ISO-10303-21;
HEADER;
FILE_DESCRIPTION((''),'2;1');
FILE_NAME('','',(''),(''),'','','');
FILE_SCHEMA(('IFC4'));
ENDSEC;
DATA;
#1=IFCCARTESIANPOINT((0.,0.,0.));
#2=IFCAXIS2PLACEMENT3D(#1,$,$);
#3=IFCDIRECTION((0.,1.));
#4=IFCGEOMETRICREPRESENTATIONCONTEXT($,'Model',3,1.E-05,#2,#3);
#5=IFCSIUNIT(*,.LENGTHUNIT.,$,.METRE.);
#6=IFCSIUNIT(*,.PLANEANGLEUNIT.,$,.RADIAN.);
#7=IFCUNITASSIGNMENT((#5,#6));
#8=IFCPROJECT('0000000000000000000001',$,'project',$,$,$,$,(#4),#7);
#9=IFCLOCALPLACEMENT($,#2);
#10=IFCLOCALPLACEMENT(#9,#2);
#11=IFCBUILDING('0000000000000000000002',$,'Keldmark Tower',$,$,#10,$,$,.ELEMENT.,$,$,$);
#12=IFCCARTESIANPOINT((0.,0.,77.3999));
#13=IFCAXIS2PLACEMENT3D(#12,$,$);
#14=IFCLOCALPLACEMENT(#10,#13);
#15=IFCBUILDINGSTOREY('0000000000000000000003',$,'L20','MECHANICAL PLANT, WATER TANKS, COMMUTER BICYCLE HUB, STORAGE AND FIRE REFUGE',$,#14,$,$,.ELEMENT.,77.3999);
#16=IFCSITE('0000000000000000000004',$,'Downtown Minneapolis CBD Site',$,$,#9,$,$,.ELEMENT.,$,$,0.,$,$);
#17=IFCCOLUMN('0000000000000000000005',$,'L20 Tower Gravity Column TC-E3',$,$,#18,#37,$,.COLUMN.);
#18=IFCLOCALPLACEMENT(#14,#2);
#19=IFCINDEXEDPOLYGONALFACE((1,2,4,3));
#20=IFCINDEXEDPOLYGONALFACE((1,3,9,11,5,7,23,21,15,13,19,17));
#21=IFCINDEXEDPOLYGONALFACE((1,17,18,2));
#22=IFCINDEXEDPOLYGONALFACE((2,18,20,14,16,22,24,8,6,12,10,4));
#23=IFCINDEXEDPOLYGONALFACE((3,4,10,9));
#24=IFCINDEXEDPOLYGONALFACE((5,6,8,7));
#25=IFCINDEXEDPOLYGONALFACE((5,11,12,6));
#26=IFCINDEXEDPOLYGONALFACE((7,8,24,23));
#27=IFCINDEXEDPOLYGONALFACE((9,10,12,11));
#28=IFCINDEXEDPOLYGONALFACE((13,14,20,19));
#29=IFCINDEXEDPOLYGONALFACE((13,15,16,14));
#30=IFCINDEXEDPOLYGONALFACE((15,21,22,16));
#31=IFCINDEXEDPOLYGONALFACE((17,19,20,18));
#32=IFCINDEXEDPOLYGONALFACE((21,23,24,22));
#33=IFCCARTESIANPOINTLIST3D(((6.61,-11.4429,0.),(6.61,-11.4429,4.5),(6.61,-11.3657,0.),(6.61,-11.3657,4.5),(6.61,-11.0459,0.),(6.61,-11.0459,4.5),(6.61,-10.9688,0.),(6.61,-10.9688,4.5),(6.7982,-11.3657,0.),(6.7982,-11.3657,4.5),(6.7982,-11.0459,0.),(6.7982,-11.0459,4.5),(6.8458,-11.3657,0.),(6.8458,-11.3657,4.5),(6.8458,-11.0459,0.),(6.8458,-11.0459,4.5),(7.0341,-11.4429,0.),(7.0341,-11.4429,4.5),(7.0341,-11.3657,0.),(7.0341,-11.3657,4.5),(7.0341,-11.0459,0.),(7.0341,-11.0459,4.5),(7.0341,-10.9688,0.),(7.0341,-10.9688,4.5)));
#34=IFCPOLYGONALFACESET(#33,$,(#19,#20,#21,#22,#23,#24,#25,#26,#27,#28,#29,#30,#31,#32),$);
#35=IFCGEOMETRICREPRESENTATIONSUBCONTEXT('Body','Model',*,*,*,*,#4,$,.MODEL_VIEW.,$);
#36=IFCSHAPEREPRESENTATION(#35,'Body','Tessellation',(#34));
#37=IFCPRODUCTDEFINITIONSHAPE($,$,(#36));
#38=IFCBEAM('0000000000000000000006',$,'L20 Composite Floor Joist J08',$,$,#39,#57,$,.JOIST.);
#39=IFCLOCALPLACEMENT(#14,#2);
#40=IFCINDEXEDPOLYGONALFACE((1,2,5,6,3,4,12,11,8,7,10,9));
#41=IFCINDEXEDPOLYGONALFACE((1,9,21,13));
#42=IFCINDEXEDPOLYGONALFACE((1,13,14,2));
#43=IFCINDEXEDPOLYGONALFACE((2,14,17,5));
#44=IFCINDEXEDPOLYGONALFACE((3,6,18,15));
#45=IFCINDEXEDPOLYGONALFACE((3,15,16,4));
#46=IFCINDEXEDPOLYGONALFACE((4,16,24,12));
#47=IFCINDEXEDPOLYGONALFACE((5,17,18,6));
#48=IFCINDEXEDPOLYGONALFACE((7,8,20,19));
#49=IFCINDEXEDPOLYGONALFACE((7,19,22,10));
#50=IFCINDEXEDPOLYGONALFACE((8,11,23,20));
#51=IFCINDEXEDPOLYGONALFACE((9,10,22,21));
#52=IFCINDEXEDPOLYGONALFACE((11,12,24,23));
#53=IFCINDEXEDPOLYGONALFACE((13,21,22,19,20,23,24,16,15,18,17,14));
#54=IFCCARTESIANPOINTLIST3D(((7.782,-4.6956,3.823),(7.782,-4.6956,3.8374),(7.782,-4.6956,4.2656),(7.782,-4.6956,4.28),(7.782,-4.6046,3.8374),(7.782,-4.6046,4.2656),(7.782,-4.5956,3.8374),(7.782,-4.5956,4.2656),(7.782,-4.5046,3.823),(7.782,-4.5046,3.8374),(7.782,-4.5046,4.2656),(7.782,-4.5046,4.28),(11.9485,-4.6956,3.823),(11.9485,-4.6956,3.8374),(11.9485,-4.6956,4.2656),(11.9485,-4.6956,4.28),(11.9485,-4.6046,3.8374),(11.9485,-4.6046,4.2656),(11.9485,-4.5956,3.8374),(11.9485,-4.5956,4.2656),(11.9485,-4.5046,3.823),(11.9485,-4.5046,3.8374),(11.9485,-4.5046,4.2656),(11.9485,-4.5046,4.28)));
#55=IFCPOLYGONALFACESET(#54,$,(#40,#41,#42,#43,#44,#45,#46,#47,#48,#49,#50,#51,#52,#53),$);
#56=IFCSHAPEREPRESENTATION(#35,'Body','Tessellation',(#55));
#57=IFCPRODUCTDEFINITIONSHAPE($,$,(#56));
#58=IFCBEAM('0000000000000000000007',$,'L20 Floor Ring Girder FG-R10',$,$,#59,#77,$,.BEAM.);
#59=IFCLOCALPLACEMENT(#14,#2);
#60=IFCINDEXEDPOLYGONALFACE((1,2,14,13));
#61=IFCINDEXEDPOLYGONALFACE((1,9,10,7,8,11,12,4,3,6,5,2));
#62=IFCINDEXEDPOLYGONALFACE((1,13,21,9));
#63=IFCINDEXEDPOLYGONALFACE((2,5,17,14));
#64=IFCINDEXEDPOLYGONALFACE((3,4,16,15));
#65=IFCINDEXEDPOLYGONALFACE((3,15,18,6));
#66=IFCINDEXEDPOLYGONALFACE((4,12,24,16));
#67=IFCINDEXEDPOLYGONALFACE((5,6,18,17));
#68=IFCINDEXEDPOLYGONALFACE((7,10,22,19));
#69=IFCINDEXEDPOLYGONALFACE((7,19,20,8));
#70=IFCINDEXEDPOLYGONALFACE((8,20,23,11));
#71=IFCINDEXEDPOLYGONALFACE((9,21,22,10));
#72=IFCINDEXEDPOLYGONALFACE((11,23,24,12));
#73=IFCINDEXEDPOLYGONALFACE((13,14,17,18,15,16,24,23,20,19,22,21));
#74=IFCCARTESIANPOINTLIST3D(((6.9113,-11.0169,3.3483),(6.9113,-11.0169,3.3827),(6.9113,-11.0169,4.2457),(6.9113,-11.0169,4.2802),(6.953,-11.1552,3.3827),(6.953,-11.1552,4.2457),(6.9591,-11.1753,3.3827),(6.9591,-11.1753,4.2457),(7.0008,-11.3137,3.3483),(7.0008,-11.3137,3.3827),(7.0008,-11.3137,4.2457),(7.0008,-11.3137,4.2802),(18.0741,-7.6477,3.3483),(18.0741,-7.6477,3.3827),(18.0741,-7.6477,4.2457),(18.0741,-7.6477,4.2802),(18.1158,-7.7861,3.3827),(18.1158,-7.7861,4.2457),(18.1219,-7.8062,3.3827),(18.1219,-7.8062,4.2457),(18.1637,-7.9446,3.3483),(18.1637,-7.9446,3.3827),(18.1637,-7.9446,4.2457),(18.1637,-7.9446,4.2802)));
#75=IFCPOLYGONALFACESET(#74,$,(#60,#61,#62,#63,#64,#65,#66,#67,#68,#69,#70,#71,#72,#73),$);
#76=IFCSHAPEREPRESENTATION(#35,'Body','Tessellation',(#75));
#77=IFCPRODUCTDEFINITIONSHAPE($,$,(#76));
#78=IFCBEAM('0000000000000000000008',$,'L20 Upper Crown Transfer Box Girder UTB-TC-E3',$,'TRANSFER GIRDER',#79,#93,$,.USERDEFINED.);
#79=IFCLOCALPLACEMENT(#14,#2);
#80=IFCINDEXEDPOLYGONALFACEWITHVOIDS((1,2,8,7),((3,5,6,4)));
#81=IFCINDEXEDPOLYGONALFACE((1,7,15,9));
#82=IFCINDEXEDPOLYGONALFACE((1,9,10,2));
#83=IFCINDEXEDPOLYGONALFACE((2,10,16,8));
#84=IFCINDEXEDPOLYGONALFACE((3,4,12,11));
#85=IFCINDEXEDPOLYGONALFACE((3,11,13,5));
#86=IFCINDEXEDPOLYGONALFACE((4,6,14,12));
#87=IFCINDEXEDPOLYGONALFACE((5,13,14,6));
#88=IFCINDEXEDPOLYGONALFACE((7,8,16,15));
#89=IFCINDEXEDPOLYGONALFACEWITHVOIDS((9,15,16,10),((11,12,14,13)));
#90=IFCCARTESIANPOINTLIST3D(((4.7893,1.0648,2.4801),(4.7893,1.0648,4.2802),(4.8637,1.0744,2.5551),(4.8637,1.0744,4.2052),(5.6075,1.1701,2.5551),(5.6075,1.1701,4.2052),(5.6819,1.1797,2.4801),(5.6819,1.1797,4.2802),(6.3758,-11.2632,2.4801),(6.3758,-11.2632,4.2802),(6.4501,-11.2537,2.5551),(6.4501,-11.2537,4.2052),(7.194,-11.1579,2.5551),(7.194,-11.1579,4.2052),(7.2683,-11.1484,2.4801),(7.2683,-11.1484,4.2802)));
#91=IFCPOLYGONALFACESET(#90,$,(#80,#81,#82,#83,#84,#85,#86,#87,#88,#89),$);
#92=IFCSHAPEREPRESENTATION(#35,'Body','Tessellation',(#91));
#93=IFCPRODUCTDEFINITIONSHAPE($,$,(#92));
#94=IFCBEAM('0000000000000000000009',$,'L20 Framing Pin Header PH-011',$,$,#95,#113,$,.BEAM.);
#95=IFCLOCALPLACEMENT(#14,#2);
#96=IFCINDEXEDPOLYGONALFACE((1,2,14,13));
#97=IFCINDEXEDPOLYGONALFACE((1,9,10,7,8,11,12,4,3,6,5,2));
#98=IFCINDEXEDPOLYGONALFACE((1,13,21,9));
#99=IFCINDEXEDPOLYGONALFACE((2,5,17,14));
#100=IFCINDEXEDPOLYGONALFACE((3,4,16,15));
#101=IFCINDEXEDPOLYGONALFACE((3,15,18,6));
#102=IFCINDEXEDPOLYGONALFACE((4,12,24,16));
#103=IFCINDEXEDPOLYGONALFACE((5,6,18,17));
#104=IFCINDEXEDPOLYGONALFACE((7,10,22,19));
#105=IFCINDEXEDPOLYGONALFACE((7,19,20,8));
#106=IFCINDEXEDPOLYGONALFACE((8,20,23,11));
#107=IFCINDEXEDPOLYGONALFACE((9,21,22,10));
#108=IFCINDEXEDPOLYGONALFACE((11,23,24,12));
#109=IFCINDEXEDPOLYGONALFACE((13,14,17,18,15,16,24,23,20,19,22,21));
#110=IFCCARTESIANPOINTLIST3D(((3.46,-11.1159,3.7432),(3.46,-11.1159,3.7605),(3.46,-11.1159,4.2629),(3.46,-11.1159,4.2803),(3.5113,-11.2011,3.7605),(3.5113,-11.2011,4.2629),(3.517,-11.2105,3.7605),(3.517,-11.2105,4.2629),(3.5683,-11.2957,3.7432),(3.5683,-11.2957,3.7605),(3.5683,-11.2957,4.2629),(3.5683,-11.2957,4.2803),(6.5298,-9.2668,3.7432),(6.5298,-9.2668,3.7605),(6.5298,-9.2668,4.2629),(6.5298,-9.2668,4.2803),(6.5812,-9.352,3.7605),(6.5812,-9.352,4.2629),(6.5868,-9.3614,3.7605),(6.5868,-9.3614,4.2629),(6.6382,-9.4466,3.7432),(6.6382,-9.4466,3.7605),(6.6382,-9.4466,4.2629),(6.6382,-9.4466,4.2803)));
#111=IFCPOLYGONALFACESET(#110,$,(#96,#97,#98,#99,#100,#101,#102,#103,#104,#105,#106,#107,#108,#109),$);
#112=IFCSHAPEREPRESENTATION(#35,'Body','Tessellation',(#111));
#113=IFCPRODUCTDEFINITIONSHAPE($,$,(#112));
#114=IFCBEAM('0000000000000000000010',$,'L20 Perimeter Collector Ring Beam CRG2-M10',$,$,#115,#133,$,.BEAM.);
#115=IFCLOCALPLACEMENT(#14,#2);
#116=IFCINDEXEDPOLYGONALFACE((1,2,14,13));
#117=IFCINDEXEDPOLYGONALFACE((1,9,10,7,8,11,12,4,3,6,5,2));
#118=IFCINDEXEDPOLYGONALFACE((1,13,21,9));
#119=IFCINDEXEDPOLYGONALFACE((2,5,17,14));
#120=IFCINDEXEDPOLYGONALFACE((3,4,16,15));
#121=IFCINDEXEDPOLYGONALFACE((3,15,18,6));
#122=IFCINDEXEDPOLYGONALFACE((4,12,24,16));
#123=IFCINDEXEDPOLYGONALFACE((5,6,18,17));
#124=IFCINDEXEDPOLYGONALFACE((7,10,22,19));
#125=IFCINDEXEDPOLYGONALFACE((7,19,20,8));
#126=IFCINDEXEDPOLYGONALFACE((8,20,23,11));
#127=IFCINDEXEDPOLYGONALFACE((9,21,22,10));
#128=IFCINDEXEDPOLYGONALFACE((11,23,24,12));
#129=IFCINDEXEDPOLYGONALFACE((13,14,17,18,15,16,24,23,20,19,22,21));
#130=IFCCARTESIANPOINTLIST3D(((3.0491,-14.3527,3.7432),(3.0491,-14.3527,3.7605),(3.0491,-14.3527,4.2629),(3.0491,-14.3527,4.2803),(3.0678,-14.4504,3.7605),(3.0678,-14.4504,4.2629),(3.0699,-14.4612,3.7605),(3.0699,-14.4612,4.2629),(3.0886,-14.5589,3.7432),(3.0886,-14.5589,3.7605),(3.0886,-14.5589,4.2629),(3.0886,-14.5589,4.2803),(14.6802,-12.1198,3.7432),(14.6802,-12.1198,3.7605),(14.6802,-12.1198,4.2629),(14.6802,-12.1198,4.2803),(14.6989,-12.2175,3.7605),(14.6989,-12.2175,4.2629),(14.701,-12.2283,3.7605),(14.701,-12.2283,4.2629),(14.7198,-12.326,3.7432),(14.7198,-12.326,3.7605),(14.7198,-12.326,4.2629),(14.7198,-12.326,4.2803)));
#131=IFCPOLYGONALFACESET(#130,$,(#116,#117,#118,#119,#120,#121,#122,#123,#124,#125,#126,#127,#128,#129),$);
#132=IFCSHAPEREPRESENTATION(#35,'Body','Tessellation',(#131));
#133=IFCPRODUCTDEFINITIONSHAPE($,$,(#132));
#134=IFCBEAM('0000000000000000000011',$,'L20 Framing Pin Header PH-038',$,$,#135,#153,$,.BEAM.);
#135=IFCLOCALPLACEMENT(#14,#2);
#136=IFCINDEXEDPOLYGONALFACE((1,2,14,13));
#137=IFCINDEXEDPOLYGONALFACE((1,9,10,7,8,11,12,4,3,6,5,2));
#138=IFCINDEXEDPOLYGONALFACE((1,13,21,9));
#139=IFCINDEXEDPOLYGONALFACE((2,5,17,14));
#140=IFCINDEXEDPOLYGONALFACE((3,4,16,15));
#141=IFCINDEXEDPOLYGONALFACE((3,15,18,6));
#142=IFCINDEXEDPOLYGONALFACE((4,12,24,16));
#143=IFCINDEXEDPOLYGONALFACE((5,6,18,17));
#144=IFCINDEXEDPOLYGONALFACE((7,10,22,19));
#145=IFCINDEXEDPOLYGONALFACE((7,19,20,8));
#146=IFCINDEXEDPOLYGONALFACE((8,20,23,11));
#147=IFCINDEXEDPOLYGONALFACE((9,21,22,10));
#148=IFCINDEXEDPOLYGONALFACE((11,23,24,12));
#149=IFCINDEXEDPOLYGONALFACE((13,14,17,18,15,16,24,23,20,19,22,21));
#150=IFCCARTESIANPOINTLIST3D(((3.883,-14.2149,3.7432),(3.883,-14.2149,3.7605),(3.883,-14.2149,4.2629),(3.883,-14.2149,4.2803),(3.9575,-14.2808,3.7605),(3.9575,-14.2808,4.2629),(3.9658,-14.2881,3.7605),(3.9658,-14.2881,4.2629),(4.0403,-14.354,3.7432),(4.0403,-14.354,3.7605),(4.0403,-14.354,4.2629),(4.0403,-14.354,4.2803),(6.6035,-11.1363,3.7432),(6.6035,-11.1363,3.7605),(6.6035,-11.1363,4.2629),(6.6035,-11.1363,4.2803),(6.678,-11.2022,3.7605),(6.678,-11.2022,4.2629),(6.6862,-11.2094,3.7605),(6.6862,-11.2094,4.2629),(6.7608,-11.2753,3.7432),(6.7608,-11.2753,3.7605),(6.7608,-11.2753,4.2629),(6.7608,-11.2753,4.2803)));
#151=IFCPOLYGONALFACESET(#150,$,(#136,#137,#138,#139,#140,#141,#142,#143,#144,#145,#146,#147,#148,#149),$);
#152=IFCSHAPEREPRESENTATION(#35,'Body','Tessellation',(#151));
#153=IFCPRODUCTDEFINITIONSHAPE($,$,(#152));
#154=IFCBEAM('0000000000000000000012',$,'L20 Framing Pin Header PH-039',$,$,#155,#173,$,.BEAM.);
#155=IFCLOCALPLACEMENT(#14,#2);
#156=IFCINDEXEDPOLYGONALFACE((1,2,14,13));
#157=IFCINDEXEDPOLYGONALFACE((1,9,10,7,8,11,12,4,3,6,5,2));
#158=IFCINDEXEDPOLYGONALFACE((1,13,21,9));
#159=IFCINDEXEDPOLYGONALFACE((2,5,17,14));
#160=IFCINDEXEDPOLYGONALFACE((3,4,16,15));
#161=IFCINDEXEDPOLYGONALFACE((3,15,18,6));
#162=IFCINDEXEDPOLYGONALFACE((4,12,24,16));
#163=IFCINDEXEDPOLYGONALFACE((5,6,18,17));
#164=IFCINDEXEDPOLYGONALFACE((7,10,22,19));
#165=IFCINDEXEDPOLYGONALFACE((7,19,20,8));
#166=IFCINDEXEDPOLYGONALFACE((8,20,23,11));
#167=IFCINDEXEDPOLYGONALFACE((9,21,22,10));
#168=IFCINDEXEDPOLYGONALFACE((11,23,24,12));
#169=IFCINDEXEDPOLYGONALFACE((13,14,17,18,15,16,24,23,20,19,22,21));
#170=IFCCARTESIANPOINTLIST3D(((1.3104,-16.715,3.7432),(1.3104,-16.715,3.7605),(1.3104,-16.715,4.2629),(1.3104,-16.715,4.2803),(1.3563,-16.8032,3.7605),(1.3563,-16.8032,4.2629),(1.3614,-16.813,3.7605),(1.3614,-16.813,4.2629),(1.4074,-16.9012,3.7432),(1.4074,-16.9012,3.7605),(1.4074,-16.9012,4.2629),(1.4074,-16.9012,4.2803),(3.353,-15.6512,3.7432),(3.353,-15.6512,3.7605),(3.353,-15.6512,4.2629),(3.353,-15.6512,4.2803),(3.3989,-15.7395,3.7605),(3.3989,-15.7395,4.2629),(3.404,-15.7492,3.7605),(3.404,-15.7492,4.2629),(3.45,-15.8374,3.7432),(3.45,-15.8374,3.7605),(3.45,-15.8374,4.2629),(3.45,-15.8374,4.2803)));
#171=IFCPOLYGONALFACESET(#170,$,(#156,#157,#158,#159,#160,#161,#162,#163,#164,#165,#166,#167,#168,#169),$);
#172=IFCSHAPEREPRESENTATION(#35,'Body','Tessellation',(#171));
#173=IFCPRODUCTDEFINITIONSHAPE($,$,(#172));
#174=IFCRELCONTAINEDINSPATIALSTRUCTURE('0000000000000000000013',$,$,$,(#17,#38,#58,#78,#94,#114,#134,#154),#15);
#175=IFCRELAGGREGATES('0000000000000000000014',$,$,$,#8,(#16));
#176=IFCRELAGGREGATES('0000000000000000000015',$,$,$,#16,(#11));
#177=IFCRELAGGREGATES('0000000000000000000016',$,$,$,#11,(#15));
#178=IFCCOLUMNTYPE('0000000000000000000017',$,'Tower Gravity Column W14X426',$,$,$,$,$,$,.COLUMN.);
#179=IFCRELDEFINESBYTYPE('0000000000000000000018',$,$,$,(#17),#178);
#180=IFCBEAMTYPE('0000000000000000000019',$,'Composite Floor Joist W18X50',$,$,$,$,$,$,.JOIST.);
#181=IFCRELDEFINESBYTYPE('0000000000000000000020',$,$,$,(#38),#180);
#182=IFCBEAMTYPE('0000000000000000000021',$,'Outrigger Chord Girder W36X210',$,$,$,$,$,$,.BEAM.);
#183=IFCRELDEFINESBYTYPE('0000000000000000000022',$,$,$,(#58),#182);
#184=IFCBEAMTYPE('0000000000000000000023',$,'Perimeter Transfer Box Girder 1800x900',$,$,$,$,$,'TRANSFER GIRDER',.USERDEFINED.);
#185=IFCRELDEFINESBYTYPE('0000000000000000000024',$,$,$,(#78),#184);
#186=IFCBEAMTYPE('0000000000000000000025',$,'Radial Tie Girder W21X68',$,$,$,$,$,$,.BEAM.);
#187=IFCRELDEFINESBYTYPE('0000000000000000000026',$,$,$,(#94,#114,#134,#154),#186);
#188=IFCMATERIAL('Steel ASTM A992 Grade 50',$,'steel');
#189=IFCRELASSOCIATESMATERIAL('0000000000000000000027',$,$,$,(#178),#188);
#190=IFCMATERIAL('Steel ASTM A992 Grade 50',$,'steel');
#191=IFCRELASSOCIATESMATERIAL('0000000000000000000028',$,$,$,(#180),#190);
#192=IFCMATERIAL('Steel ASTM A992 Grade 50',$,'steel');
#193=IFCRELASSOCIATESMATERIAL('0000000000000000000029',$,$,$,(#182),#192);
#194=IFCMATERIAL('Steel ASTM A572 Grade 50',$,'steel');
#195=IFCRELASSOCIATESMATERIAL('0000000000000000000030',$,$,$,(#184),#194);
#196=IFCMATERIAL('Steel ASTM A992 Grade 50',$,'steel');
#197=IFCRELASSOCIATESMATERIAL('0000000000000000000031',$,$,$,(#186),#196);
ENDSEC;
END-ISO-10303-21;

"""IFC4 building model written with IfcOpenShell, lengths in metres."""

from ifc_helpers import new_model, si_unit, direction, frame, origin, origin_2d, place, context, subcontext, project, spatial, hollow_rectangle, i_section, extrude, material, material_profile, profile_set, type_object, element, save


model = new_model("IFC4")

# Units and contexts
model_context = context("Model", 3, precision=1e-05, world=origin(), true_north=direction((0.0, 1.0)))
body_context = subcontext(model_context, "Body", "Model", "MODEL_VIEW")
ifc_project = project(units=[si_unit("LENGTHUNIT", "METRE"), si_unit("PLANEANGLEUNIT", "RADIAN")], contexts=[model_context])

# Site, building, storey
site_placement = place(None, origin())
site = spatial("IfcSite", under=ifc_project, at=site_placement, Name="Downtown Minneapolis CBD Site", CompositionType="ELEMENT", RefElevation=0.0)
building_placement = place(site_placement, origin())
building = spatial("IfcBuilding", under=site, at=building_placement, Name="Keldmark Tower", CompositionType="ELEMENT")
storey_placement = place(building_placement, frame((0.0, 0.0, 77.3999)))
storey = spatial("IfcBuildingStorey", under=building, at=storey_placement, Name="L20", Description="MECHANICAL PLANT, WATER TANKS, COMMUTER BICYCLE HUB, STORAGE AND FIRE REFUGE", CompositionType="ELEMENT", Elevation=77.3999)

# Column
ifc_material_1 = material(Name="Steel ASTM A992 Grade 50", Category="steel")
ifc_material_profile_1 = material_profile(ifc_material_1, i_section(OverallWidth=0.4241, OverallDepth=0.4741, WebThickness=0.0476, FlangeThickness=0.0771, at=origin_2d()), Name="W14X426")
ifc_profile_set_1 = profile_set([ifc_material_profile_1], Name="Steel ASTM A992 Grade 50")
column_type = type_object("IfcColumnType", Name="Tower Gravity Column W14X426", PredefinedType="COLUMN", material=ifc_profile_set_1)
column_placement = place(storey_placement, frame((6.822, -11.2058, 0.0), z_axis=(0.0, 0.0, 1.0), x_axis=(1.0, 0.0, 0.0)))
element("IfcColumn", 1, at=column_placement, inside=storey, type_object=column_type, Name="L20 Tower Gravity Column TC-E3", PredefinedType="COLUMN", context=body_context, shape_type="SweptSolid", body=[
    extrude(i_section(OverallWidth=0.4241, OverallDepth=0.4741, WebThickness=0.0476, FlangeThickness=0.0771, at=origin_2d()), origin(), (0.0, 0.0, 1.0), 4.5),
])

# Beams
ifc_material_2 = material(Name="Steel ASTM A992 Grade 50", Category="steel")
ifc_material_profile_2 = material_profile(ifc_material_2, i_section(OverallWidth=0.1909, OverallDepth=0.457, WebThickness=0.009, FlangeThickness=0.0144, at=origin_2d()), Name="W18X50")
ifc_profile_set_2 = profile_set([ifc_material_profile_2], Name="Steel ASTM A992 Grade 50")
beam_type_1 = type_object("IfcBeamType", Name="Composite Floor Joist W18X50", PredefinedType="JOIST", material=ifc_profile_set_2)
beam_1_placement = place(storey_placement, frame((7.782, -4.6001, 4.0515), z_axis=(1.0, 0.0, 0.0), x_axis=(0.0, 1.0, 0.0)))
element("IfcBeam", 2, at=beam_1_placement, inside=storey, type_object=beam_type_1, Name="L20 Composite Floor Joist J08", PredefinedType="JOIST", context=body_context, shape_type="SweptSolid", body=[
    extrude(i_section(OverallWidth=0.1909, OverallDepth=0.457, WebThickness=0.009, FlangeThickness=0.0144, at=origin_2d()), origin(), (0.0, 0.0, 1.0), 4.1665),
])
ifc_material_3 = material(Name="Steel ASTM A992 Grade 50", Category="steel")
ifc_material_profile_3 = material_profile(ifc_material_3, i_section(OverallWidth=0.3101, OverallDepth=0.9319, WebThickness=0.021, FlangeThickness=0.0344, at=origin_2d()), Name="W36X210")
ifc_profile_set_3 = profile_set([ifc_material_profile_3], Name="Steel ASTM A992 Grade 50")
beam_type_2 = type_object("IfcBeamType", Name="Outrigger Chord Girder W36X210", PredefinedType="BEAM", material=ifc_profile_set_3)
beam_2_placement = place(storey_placement, frame((6.9561, -11.1653, 3.8142), z_axis=(0.957346, 0.288944, 0.0), x_axis=(-0.288944, 0.957346, 0.0)))
element("IfcBeam", 3, at=beam_2_placement, inside=storey, type_object=beam_type_2, Name="L20 Floor Ring Girder FG-R10", PredefinedType="BEAM", context=body_context, shape_type="SweptSolid", body=[
    extrude(i_section(OverallWidth=0.3101, OverallDepth=0.9319, WebThickness=0.021, FlangeThickness=0.0344, at=origin_2d()), origin(), (0.0, 0.0, 1.0), 11.6602),
])
ifc_material_4 = material(Name="Steel ASTM A572 Grade 50", Category="steel")
ifc_material_profile_4 = material_profile(ifc_material_4, hollow_rectangle(XDim=0.8999, YDim=1.8, WallThickness=0.075, at=origin_2d()), Name="TBOX1800X900X75")
ifc_profile_set_4 = profile_set([ifc_material_profile_4], Name="Steel ASTM A572 Grade 50")
beam_type_3 = type_object("IfcBeamType", Name="Perimeter Transfer Box Girder 1800x900", ElementType="TRANSFER GIRDER", PredefinedType="USERDEFINED", material=ifc_profile_set_4)
beam_3_placement = place(storey_placement, frame((6.822, -11.2058, 3.3801), z_axis=(-0.127631, 0.991822, 0.0), x_axis=(-0.991822, -0.127631, 0.0)))
element("IfcBeam", 4, at=beam_3_placement, inside=storey, type_object=beam_type_3, Name="L20 Upper Crown Transfer Box Girder UTB-TC-E3", ObjectType="TRANSFER GIRDER", PredefinedType="USERDEFINED", context=body_context, shape_type="SweptSolid", body=[
    extrude(hollow_rectangle(XDim=0.8999, YDim=1.8, WallThickness=0.075, at=origin_2d()), origin(), (0.0, 0.0, 1.0), 12.4297),
])
ifc_material_5 = material(Name="Steel ASTM A992 Grade 50", Category="steel")
ifc_material_profile_5 = material_profile(ifc_material_5, i_section(OverallWidth=0.21, OverallDepth=0.5371, WebThickness=0.011, FlangeThickness=0.0173, at=origin_2d()), Name="W21X68")
ifc_profile_set_5 = profile_set([ifc_material_profile_5], Name="Steel ASTM A992 Grade 50")
beam_type_4 = type_object("IfcBeamType", Name="Radial Tie Girder W21X68", PredefinedType="BEAM", material=ifc_profile_set_5)
beam_4_placement = place(storey_placement, frame((6.584, -9.3567, 4.0117), z_axis=(-0.856602, -0.515978, 0.0), x_axis=(0.515978, -0.856602, 0.0)))
element("IfcBeam", 5, at=beam_4_placement, inside=storey, type_object=beam_type_4, Name="L20 Framing Pin Header PH-011", PredefinedType="BEAM", context=body_context, shape_type="SweptSolid", body=[
    extrude(i_section(OverallWidth=0.21, OverallDepth=0.5371, WebThickness=0.011, FlangeThickness=0.0173, at=origin_2d()), origin(), (0.0, 0.0, 1.0), 3.5837),
])
beam_5_placement = place(storey_placement, frame((3.0688, -14.4558, 4.0117), z_axis=(0.982067, 0.188535, 0.0), x_axis=(-0.188535, 0.982067, 0.0)))
element("IfcBeam", 6, at=beam_5_placement, inside=storey, type_object=beam_type_4, Name="L20 Perimeter Collector Ring Beam CRG2-M10", PredefinedType="BEAM", context=body_context, shape_type="SweptSolid", body=[
    extrude(i_section(OverallWidth=0.21, OverallDepth=0.5371, WebThickness=0.011, FlangeThickness=0.0173, at=origin_2d()), origin(), (0.0, 0.0, 1.0), 11.8435),
])
beam_6_placement = place(storey_placement, frame((6.6821, -11.2058, 4.0117), z_axis=(-0.662174, -0.74935, 0.0), x_axis=(0.74935, -0.662174, 0.0)))
element("IfcBeam", 7, at=beam_6_placement, inside=storey, type_object=beam_type_4, Name="L20 Framing Pin Header PH-038", PredefinedType="BEAM", context=body_context, shape_type="SweptSolid", body=[
    extrude(i_section(OverallWidth=0.21, OverallDepth=0.5371, WebThickness=0.011, FlangeThickness=0.0173, at=origin_2d()), origin(), (0.0, 0.0, 1.0), 4.1084),
])
beam_7_placement = place(storey_placement, frame((1.3589, -16.8081, 4.0117), z_axis=(0.886927, 0.46191, 0.0), x_axis=(-0.46191, 0.886927, 0.0)))
element("IfcBeam", 8, at=beam_7_placement, inside=storey, type_object=beam_type_4, Name="L20 Framing Pin Header PH-039", PredefinedType="BEAM", context=body_context, shape_type="SweptSolid", body=[
    extrude(i_section(OverallWidth=0.21, OverallDepth=0.5371, WebThickness=0.011, FlangeThickness=0.0173, at=origin_2d()), origin(), (0.0, 0.0, 1.0), 2.303),
])

save(model, "model.ifc")
